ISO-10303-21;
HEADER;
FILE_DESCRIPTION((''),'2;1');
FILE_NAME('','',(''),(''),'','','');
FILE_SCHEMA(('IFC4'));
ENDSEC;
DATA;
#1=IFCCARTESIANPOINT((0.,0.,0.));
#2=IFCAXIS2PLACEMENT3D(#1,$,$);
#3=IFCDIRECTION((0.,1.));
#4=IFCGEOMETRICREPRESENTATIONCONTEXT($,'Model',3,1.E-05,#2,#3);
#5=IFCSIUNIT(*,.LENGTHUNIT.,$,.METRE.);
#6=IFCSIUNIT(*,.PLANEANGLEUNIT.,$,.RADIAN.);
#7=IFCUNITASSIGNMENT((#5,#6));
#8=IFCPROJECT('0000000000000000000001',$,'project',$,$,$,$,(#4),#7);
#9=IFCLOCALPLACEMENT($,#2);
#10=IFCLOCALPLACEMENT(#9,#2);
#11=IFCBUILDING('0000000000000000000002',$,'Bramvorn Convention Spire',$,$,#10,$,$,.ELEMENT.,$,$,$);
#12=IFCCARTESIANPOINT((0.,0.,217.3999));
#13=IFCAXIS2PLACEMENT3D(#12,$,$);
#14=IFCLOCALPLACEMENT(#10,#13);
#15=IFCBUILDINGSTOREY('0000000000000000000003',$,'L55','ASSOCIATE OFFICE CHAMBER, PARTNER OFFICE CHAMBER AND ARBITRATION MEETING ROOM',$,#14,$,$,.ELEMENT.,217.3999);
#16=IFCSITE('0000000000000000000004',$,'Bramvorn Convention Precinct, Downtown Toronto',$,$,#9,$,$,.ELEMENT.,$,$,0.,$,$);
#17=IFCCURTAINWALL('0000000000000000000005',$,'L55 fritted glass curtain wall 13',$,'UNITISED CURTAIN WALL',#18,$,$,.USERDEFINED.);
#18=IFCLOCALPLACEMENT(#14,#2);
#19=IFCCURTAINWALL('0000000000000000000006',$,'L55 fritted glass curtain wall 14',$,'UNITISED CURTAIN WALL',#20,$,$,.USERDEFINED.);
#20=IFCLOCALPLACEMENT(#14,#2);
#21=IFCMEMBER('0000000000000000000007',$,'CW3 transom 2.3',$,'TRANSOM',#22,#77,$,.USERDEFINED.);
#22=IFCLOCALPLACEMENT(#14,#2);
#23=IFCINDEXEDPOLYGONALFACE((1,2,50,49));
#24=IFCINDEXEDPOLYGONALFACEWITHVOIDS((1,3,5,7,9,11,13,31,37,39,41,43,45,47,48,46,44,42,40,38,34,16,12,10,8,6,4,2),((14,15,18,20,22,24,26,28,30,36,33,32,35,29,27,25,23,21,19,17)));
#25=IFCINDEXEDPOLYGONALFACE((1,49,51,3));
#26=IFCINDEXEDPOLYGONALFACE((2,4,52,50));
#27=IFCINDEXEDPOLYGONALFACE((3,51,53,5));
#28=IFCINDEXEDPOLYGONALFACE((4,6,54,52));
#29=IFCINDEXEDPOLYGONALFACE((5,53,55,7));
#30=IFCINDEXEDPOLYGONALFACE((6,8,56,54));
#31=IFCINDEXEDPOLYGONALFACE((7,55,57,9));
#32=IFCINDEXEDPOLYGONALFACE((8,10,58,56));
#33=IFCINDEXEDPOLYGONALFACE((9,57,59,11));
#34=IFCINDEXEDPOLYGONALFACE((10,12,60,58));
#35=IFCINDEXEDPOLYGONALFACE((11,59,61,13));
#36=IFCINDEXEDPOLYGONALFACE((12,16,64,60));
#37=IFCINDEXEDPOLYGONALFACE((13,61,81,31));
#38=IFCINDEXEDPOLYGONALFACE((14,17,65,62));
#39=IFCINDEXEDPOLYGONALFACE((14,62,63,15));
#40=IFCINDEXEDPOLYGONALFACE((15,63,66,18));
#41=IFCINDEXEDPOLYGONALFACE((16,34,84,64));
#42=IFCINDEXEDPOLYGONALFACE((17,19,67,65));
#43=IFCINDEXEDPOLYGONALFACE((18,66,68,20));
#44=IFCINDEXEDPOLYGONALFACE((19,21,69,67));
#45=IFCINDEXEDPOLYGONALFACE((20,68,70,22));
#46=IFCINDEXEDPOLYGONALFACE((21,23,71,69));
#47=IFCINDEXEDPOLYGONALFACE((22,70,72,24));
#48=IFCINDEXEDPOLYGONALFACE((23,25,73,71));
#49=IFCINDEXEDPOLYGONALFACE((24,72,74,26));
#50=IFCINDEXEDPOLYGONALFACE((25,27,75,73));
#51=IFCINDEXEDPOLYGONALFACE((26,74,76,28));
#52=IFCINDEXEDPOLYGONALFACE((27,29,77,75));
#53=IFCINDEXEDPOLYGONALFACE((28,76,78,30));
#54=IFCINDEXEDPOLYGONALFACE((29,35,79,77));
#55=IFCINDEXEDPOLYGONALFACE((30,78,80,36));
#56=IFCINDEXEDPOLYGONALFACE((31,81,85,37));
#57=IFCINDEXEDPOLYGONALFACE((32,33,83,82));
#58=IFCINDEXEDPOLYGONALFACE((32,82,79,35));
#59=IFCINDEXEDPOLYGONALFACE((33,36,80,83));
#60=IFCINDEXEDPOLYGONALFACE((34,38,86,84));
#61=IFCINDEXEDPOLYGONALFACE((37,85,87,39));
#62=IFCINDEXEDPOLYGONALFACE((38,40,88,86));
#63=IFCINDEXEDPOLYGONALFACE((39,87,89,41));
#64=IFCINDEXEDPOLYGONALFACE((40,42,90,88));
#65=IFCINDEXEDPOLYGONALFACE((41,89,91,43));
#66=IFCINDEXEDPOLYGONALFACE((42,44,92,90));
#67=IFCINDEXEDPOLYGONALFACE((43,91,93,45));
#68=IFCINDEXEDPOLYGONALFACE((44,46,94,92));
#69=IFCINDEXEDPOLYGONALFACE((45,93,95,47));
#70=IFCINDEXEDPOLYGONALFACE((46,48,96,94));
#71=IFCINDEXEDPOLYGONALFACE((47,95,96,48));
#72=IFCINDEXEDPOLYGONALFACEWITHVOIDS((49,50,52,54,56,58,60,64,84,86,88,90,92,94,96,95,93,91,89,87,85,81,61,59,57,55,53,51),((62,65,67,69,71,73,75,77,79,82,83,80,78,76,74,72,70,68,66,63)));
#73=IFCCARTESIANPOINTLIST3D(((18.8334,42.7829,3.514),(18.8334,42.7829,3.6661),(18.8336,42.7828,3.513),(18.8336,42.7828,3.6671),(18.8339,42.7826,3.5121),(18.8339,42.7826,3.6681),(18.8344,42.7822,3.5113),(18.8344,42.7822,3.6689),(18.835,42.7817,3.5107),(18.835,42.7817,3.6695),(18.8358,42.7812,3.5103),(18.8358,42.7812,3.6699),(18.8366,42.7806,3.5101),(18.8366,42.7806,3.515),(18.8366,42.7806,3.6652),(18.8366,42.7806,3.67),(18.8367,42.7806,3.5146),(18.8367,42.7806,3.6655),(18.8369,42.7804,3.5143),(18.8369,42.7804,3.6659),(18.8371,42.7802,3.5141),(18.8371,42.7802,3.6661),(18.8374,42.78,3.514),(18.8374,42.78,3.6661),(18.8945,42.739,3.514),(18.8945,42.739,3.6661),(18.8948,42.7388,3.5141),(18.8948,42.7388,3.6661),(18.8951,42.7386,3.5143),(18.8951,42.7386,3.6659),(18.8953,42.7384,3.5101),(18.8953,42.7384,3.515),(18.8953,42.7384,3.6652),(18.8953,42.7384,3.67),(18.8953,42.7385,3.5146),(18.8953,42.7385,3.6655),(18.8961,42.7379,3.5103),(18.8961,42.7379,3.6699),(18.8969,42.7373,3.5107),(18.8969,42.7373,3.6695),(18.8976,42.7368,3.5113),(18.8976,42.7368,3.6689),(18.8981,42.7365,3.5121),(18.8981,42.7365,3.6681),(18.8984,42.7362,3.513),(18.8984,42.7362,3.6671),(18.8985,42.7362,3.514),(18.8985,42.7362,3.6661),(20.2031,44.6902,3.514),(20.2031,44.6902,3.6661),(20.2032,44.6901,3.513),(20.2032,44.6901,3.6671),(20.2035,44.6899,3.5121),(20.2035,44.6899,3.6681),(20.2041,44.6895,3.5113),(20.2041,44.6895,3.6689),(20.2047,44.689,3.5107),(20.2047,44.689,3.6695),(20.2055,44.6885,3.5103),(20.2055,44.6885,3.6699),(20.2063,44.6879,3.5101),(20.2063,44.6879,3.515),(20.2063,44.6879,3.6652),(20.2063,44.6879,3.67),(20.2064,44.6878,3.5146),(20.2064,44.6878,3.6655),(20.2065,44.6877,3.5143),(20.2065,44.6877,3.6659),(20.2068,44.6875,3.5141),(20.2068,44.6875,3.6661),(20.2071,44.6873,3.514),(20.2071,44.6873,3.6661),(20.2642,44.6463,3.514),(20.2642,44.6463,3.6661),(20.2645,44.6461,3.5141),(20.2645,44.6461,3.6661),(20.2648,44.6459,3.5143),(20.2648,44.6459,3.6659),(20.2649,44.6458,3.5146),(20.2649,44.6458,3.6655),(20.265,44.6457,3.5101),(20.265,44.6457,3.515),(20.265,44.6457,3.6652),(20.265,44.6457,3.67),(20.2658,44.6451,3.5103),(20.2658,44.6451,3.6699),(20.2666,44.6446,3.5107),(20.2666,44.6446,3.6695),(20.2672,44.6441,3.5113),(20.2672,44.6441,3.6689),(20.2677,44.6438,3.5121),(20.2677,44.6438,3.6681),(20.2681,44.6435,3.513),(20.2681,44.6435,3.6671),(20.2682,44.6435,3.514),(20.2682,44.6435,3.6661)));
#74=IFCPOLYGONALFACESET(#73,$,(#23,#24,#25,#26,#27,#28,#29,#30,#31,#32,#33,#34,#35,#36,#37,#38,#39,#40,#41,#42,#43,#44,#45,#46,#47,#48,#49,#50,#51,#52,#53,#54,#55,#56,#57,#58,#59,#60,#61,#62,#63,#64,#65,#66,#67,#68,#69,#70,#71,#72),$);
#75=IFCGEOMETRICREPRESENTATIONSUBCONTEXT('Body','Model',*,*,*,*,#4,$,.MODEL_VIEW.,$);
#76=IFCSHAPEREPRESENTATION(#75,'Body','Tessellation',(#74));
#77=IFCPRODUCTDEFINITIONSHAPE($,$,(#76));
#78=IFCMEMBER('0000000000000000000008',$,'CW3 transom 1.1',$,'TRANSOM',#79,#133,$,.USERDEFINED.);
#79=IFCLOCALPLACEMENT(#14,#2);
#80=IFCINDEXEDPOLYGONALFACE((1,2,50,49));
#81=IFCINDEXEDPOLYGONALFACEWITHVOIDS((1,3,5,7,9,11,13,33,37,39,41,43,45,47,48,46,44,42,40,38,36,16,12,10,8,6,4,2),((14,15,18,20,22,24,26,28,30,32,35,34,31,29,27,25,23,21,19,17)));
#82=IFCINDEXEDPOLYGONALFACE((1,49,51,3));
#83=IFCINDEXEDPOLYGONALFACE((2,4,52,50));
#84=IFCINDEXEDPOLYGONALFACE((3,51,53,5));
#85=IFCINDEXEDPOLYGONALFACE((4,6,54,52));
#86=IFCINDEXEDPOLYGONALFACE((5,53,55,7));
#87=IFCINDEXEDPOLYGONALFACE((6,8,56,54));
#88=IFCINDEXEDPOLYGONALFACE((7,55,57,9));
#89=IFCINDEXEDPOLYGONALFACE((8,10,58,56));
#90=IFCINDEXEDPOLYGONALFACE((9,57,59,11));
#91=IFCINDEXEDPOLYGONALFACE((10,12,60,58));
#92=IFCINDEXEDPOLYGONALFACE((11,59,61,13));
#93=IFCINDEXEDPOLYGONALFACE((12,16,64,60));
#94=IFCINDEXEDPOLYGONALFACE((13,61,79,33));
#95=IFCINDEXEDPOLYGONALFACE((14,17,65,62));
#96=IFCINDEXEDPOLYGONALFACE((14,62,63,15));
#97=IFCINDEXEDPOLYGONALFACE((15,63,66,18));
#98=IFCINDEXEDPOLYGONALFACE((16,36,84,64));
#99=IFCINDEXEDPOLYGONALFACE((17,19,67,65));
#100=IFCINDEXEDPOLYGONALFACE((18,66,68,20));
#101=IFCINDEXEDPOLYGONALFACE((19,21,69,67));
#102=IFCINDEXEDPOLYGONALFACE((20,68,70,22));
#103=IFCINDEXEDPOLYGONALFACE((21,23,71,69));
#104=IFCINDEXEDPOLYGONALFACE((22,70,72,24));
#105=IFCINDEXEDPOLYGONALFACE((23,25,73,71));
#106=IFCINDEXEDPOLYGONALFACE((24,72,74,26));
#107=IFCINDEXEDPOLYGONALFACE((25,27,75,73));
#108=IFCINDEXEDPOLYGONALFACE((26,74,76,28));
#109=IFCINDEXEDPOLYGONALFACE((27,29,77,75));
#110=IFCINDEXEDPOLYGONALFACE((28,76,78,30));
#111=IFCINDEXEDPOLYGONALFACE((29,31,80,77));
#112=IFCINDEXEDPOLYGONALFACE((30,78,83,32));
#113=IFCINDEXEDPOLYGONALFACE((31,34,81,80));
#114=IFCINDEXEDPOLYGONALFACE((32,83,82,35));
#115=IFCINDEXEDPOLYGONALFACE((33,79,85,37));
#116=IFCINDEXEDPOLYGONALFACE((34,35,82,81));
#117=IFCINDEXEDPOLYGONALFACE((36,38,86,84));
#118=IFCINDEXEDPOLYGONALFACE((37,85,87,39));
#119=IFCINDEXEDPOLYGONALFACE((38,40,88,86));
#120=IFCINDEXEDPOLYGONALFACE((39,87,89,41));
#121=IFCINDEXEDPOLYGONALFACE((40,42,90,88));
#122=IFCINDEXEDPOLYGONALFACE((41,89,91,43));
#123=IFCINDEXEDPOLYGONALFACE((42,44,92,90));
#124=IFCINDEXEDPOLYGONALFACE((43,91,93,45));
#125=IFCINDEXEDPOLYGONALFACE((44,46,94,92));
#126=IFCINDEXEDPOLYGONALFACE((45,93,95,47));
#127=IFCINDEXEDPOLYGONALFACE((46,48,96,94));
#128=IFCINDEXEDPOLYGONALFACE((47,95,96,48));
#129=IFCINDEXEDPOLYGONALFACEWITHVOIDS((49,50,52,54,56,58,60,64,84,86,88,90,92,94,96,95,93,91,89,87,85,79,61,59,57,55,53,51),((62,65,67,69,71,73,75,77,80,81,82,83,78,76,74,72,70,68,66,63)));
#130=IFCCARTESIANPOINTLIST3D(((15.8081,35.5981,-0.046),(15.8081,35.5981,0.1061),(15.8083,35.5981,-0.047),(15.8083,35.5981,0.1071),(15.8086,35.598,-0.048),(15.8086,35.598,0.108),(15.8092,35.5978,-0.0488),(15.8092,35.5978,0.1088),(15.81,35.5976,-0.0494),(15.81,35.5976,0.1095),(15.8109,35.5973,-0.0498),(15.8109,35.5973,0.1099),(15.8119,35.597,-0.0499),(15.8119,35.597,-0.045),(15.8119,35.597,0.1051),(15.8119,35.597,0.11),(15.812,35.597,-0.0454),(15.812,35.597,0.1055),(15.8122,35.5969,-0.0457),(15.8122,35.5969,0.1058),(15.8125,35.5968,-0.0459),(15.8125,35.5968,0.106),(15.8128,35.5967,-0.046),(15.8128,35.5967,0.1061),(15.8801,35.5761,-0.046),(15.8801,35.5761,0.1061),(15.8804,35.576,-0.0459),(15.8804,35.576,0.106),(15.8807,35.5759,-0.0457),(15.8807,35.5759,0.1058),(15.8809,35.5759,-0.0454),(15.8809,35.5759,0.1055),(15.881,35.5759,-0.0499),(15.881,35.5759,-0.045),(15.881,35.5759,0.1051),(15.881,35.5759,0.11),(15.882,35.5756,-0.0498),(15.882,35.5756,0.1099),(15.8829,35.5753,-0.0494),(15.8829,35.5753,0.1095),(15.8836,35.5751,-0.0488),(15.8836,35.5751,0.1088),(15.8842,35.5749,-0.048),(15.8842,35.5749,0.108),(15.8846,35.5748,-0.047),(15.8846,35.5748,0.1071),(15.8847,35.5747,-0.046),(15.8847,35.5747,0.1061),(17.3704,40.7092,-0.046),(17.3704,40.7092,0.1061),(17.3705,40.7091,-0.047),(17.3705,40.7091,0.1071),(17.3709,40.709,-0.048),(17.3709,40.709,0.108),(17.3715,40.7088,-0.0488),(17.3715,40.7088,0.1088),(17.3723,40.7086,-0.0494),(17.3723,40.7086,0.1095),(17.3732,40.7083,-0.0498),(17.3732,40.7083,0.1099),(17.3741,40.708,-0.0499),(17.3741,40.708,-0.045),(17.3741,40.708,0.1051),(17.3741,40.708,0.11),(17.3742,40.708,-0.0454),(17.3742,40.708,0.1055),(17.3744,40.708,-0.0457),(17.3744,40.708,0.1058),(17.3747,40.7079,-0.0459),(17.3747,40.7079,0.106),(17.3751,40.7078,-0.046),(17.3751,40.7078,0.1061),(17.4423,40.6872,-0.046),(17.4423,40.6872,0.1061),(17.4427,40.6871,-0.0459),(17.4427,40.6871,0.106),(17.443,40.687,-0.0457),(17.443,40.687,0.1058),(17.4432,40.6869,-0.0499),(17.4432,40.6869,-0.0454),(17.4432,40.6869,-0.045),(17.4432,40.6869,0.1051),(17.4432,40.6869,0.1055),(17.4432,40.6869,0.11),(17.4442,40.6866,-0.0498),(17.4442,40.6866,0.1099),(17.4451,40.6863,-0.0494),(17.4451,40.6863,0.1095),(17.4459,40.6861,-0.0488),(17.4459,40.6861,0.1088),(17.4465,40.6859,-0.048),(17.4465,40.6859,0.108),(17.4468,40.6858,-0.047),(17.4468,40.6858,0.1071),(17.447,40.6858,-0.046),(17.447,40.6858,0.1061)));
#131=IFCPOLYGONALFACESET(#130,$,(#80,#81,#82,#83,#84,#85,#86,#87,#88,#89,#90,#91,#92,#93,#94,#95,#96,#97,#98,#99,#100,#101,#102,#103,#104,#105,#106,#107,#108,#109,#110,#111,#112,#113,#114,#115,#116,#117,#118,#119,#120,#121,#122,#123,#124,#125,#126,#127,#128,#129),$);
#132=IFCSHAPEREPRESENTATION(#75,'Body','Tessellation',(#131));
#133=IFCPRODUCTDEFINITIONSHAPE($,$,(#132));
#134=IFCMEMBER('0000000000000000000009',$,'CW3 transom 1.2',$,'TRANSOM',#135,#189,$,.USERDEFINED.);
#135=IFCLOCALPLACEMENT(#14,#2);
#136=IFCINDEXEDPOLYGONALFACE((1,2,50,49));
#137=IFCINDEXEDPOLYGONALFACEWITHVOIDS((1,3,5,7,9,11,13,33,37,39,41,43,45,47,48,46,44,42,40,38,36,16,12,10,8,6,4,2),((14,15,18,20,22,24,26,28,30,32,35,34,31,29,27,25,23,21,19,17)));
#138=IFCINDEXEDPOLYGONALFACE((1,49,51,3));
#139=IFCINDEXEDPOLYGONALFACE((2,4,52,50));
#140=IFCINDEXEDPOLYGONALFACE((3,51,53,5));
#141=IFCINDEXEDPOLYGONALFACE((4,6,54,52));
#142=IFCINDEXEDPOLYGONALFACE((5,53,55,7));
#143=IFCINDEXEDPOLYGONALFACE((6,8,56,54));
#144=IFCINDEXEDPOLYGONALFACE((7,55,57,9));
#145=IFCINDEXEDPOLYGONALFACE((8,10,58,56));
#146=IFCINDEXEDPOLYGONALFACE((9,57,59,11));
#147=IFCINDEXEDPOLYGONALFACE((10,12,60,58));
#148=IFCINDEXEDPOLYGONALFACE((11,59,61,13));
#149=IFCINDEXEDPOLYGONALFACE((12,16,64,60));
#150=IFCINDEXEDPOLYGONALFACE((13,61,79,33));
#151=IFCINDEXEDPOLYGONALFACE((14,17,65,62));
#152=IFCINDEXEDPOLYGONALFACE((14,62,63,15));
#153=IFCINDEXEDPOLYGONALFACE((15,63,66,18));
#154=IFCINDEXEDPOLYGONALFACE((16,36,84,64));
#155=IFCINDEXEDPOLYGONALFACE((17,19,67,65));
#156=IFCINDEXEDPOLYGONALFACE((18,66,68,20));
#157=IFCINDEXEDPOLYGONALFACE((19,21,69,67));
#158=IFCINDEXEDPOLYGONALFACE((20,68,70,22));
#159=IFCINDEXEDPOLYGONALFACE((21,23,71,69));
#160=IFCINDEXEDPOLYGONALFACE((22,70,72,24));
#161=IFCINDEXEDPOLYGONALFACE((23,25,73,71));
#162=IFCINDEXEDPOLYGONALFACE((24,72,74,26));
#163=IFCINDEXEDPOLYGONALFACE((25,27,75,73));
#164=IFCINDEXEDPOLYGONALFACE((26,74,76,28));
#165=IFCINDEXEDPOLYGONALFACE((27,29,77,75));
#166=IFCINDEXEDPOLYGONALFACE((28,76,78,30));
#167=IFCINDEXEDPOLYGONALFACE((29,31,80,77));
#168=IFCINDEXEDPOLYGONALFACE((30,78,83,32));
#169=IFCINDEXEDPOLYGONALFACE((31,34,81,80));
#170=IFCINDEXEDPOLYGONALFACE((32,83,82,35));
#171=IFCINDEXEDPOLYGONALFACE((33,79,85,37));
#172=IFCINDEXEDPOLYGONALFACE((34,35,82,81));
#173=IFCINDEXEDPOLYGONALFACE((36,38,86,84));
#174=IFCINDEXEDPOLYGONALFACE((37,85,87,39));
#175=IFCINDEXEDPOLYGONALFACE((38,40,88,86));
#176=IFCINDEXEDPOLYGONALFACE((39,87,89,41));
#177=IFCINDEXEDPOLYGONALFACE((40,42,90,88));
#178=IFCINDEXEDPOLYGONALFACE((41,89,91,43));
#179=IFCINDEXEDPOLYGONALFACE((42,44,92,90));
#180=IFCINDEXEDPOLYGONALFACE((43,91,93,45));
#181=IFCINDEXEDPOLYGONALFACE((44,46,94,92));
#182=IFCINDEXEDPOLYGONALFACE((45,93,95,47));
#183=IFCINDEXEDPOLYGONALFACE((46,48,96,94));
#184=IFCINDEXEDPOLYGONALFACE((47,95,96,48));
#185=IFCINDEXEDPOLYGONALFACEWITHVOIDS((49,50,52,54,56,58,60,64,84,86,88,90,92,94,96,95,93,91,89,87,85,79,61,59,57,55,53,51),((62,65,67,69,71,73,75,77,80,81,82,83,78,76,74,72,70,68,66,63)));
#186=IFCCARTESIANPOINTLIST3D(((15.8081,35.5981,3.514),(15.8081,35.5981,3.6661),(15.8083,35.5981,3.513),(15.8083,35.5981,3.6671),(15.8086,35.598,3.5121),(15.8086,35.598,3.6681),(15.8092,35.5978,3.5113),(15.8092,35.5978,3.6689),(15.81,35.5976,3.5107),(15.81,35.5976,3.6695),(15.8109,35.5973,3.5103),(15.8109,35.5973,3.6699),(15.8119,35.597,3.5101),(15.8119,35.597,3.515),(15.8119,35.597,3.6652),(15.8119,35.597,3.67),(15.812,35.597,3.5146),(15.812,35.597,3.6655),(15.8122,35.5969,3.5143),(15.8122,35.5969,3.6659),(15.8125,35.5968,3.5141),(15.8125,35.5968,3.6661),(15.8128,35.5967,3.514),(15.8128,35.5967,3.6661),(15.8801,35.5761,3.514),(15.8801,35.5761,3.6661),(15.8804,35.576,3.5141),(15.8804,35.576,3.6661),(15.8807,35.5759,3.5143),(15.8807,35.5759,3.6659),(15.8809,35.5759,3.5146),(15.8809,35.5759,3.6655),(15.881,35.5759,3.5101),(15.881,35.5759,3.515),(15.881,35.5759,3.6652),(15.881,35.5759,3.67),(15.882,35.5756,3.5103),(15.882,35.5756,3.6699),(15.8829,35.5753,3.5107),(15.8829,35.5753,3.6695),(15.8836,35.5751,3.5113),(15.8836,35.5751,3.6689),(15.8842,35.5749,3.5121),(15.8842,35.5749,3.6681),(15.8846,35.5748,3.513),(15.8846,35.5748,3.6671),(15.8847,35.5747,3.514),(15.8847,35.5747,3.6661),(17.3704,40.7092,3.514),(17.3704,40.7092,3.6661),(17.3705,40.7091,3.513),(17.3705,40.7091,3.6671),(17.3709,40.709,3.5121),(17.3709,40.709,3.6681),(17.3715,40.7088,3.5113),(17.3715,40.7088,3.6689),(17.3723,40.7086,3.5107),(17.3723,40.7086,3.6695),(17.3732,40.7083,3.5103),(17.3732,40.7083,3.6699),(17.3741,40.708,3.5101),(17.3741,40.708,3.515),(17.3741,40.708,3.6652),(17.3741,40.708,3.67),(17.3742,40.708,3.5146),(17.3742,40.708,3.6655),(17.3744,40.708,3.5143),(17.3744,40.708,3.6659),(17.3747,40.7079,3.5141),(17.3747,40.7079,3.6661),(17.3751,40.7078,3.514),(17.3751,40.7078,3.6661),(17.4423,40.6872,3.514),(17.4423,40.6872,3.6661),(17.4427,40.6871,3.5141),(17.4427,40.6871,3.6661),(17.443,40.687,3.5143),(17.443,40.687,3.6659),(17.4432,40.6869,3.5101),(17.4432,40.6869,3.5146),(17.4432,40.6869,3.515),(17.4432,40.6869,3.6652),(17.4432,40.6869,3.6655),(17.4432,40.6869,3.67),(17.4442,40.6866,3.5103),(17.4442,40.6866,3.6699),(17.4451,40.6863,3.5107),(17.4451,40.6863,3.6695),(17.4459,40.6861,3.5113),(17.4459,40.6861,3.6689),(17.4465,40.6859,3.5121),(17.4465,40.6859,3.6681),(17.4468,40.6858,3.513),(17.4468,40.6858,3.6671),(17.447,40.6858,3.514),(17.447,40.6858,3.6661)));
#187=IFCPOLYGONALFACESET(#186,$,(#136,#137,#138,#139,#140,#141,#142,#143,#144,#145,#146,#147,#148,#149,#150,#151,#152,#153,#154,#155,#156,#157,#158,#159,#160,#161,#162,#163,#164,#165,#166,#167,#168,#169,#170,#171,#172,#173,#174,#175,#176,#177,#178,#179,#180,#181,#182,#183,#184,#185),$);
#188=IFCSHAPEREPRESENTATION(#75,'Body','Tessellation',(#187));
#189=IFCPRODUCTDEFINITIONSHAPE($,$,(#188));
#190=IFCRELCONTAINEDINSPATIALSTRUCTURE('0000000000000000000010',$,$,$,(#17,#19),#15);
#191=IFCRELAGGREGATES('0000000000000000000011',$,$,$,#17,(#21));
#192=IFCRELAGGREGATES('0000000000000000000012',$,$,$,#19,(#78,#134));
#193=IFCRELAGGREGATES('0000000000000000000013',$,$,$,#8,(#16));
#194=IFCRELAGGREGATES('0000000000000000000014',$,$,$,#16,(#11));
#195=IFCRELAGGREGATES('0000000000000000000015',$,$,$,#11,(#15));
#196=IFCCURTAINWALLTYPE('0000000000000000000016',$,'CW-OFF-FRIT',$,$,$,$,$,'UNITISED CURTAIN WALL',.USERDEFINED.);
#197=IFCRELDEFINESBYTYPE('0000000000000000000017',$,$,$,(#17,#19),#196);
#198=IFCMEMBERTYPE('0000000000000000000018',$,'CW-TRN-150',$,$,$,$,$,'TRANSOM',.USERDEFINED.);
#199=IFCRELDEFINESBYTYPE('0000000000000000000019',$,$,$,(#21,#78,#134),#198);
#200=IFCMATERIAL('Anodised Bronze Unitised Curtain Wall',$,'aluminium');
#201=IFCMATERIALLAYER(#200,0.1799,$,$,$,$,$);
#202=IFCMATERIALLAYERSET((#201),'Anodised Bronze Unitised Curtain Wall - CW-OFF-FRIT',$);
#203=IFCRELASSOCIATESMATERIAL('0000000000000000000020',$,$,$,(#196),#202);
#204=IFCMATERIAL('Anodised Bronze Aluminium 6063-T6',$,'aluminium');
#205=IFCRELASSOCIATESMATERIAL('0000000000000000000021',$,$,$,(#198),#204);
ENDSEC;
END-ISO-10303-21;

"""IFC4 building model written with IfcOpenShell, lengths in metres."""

from ifc_helpers import new_model, si_unit, direction, frame, origin, origin_2d, place, context, subcontext, project, spatial, hollow_rectangle, extrude, material, layer, layer_set, material_profile, profile_set, type_object, element, aggregate, save


model = new_model("IFC4")

# Units and contexts
model_context = context("Model", 3, precision=1e-05, world=origin(), true_north=direction((0.0, 1.0)))
body_context = subcontext(model_context, "Body", "Model", "MODEL_VIEW")
ifc_project = project(units=[si_unit("LENGTHUNIT", "METRE"), si_unit("PLANEANGLEUNIT", "RADIAN")], contexts=[model_context])

# Site, building, storey
site_placement = place(None, origin())
site = spatial("IfcSite", under=ifc_project, at=site_placement, Name="Bramvorn Convention Precinct, Downtown Toronto", CompositionType="ELEMENT", RefElevation=0.0)
building_placement = place(site_placement, origin())
building = spatial("IfcBuilding", under=site, at=building_placement, Name="Bramvorn Convention Spire", CompositionType="ELEMENT")
storey_placement = place(building_placement, frame((0.0, 0.0, 217.3999)))
storey = spatial("IfcBuildingStorey", under=building, at=storey_placement, Name="L55", Description="ASSOCIATE OFFICE CHAMBER, PARTNER OFFICE CHAMBER AND ARBITRATION MEETING ROOM", CompositionType="ELEMENT", Elevation=217.3999)

# Curtain wall
ifc_material_1 = material(Name="Anodised Bronze Unitised Curtain Wall", Category="aluminium")
ifc_layer_1 = layer(ifc_material_1, 0.1799)
ifc_layer_set_1 = layer_set([ifc_layer_1], Name="Anodised Bronze Unitised Curtain Wall - CW-OFF-FRIT")
curtain_wall_type = type_object("IfcCurtainWallType", Name="CW-OFF-FRIT", ElementType="UNITISED CURTAIN WALL", PredefinedType="USERDEFINED", material=ifc_layer_set_1)
curtain_wall_1_placement = place(storey_placement, origin())
curtain_wall_1 = element("IfcCurtainWall", 1, at=curtain_wall_1_placement, inside=storey, type_object=curtain_wall_type, Name="L55 fritted glass curtain wall 13", ObjectType="UNITISED CURTAIN WALL", PredefinedType="USERDEFINED")
ifc_material_2 = material(Name="Anodised Bronze Aluminium 6063-T6", Category="aluminium")

# Curtain wall
curtain_wall_2_placement = place(storey_placement, origin())
curtain_wall_2 = element("IfcCurtainWall", 2, at=curtain_wall_2_placement, inside=storey, type_object=curtain_wall_type, Name="L55 fritted glass curtain wall 14", ObjectType="UNITISED CURTAIN WALL", PredefinedType="USERDEFINED")

# Members
ifc_material_profile_1 = material_profile(ifc_material_2, hollow_rectangle(XDim=0.0801, YDim=0.1599, WallThickness=0.0039, InnerFilletRadius=0.001, OuterFilletRadius=0.0039, at=origin_2d()))
ifc_profile_set_1 = profile_set([ifc_material_profile_1], Name="Anodised Bronze Aluminium 6063-T6 - CWT80X160")
member_type_1 = type_object("IfcMemberType", Name="CW-TRN-150", ElementType="TRANSOM", PredefinedType="USERDEFINED", material=ifc_profile_set_1)
member_1_placement = place(storey_placement, frame((18.866, 42.7595, 3.5901), z_axis=(0.583302, 0.812256, 0.0), x_axis=(-0.812256, 0.583302, 0.0)))
member_1 = element("IfcMember", 3, at=member_1_placement, type_object=member_type_1, Name="CW3 transom 2.3", ObjectType="TRANSOM", PredefinedType="USERDEFINED", context=body_context, shape_type="SweptSolid", body=[
    extrude(hollow_rectangle(XDim=0.0801, YDim=0.1599, WallThickness=0.0039, InnerFilletRadius=0.001, OuterFilletRadius=0.0039, at=origin_2d()), origin(), (0.0, 0.0, 1.0), 2.3481),
])
member_2_placement = place(storey_placement, frame((15.8464, 35.5864, 0.03), z_axis=(0.29231, 0.956324, 0.0), x_axis=(-0.956324, 0.29231, 0.0)))
member_2 = element("IfcMember", 4, at=member_2_placement, type_object=member_type_1, Name="CW3 transom 1.1", ObjectType="TRANSOM", PredefinedType="USERDEFINED", context=body_context, shape_type="SweptSolid", body=[
    extrude(hollow_rectangle(XDim=0.0801, YDim=0.1599, WallThickness=0.0039, InnerFilletRadius=0.001, OuterFilletRadius=0.0039, at=origin_2d()), origin(), (0.0, 0.0, 1.0), 5.3445),
])
member_3_placement = place(storey_placement, frame((15.8464, 35.5864, 3.5901), z_axis=(0.29231, 0.956324, 0.0), x_axis=(-0.956324, 0.29231, 0.0)))
member_3 = element("IfcMember", 5, at=member_3_placement, type_object=member_type_1, Name="CW3 transom 1.2", ObjectType="TRANSOM", PredefinedType="USERDEFINED", context=body_context, shape_type="SweptSolid", body=[
    extrude(hollow_rectangle(XDim=0.0801, YDim=0.1599, WallThickness=0.0039, InnerFilletRadius=0.001, OuterFilletRadius=0.0039, at=origin_2d()), origin(), (0.0, 0.0, 1.0), 5.3445),
])

aggregate(curtain_wall_1, [member_1])
aggregate(curtain_wall_2, [member_2, member_3])

save(model, "model.ifc")
